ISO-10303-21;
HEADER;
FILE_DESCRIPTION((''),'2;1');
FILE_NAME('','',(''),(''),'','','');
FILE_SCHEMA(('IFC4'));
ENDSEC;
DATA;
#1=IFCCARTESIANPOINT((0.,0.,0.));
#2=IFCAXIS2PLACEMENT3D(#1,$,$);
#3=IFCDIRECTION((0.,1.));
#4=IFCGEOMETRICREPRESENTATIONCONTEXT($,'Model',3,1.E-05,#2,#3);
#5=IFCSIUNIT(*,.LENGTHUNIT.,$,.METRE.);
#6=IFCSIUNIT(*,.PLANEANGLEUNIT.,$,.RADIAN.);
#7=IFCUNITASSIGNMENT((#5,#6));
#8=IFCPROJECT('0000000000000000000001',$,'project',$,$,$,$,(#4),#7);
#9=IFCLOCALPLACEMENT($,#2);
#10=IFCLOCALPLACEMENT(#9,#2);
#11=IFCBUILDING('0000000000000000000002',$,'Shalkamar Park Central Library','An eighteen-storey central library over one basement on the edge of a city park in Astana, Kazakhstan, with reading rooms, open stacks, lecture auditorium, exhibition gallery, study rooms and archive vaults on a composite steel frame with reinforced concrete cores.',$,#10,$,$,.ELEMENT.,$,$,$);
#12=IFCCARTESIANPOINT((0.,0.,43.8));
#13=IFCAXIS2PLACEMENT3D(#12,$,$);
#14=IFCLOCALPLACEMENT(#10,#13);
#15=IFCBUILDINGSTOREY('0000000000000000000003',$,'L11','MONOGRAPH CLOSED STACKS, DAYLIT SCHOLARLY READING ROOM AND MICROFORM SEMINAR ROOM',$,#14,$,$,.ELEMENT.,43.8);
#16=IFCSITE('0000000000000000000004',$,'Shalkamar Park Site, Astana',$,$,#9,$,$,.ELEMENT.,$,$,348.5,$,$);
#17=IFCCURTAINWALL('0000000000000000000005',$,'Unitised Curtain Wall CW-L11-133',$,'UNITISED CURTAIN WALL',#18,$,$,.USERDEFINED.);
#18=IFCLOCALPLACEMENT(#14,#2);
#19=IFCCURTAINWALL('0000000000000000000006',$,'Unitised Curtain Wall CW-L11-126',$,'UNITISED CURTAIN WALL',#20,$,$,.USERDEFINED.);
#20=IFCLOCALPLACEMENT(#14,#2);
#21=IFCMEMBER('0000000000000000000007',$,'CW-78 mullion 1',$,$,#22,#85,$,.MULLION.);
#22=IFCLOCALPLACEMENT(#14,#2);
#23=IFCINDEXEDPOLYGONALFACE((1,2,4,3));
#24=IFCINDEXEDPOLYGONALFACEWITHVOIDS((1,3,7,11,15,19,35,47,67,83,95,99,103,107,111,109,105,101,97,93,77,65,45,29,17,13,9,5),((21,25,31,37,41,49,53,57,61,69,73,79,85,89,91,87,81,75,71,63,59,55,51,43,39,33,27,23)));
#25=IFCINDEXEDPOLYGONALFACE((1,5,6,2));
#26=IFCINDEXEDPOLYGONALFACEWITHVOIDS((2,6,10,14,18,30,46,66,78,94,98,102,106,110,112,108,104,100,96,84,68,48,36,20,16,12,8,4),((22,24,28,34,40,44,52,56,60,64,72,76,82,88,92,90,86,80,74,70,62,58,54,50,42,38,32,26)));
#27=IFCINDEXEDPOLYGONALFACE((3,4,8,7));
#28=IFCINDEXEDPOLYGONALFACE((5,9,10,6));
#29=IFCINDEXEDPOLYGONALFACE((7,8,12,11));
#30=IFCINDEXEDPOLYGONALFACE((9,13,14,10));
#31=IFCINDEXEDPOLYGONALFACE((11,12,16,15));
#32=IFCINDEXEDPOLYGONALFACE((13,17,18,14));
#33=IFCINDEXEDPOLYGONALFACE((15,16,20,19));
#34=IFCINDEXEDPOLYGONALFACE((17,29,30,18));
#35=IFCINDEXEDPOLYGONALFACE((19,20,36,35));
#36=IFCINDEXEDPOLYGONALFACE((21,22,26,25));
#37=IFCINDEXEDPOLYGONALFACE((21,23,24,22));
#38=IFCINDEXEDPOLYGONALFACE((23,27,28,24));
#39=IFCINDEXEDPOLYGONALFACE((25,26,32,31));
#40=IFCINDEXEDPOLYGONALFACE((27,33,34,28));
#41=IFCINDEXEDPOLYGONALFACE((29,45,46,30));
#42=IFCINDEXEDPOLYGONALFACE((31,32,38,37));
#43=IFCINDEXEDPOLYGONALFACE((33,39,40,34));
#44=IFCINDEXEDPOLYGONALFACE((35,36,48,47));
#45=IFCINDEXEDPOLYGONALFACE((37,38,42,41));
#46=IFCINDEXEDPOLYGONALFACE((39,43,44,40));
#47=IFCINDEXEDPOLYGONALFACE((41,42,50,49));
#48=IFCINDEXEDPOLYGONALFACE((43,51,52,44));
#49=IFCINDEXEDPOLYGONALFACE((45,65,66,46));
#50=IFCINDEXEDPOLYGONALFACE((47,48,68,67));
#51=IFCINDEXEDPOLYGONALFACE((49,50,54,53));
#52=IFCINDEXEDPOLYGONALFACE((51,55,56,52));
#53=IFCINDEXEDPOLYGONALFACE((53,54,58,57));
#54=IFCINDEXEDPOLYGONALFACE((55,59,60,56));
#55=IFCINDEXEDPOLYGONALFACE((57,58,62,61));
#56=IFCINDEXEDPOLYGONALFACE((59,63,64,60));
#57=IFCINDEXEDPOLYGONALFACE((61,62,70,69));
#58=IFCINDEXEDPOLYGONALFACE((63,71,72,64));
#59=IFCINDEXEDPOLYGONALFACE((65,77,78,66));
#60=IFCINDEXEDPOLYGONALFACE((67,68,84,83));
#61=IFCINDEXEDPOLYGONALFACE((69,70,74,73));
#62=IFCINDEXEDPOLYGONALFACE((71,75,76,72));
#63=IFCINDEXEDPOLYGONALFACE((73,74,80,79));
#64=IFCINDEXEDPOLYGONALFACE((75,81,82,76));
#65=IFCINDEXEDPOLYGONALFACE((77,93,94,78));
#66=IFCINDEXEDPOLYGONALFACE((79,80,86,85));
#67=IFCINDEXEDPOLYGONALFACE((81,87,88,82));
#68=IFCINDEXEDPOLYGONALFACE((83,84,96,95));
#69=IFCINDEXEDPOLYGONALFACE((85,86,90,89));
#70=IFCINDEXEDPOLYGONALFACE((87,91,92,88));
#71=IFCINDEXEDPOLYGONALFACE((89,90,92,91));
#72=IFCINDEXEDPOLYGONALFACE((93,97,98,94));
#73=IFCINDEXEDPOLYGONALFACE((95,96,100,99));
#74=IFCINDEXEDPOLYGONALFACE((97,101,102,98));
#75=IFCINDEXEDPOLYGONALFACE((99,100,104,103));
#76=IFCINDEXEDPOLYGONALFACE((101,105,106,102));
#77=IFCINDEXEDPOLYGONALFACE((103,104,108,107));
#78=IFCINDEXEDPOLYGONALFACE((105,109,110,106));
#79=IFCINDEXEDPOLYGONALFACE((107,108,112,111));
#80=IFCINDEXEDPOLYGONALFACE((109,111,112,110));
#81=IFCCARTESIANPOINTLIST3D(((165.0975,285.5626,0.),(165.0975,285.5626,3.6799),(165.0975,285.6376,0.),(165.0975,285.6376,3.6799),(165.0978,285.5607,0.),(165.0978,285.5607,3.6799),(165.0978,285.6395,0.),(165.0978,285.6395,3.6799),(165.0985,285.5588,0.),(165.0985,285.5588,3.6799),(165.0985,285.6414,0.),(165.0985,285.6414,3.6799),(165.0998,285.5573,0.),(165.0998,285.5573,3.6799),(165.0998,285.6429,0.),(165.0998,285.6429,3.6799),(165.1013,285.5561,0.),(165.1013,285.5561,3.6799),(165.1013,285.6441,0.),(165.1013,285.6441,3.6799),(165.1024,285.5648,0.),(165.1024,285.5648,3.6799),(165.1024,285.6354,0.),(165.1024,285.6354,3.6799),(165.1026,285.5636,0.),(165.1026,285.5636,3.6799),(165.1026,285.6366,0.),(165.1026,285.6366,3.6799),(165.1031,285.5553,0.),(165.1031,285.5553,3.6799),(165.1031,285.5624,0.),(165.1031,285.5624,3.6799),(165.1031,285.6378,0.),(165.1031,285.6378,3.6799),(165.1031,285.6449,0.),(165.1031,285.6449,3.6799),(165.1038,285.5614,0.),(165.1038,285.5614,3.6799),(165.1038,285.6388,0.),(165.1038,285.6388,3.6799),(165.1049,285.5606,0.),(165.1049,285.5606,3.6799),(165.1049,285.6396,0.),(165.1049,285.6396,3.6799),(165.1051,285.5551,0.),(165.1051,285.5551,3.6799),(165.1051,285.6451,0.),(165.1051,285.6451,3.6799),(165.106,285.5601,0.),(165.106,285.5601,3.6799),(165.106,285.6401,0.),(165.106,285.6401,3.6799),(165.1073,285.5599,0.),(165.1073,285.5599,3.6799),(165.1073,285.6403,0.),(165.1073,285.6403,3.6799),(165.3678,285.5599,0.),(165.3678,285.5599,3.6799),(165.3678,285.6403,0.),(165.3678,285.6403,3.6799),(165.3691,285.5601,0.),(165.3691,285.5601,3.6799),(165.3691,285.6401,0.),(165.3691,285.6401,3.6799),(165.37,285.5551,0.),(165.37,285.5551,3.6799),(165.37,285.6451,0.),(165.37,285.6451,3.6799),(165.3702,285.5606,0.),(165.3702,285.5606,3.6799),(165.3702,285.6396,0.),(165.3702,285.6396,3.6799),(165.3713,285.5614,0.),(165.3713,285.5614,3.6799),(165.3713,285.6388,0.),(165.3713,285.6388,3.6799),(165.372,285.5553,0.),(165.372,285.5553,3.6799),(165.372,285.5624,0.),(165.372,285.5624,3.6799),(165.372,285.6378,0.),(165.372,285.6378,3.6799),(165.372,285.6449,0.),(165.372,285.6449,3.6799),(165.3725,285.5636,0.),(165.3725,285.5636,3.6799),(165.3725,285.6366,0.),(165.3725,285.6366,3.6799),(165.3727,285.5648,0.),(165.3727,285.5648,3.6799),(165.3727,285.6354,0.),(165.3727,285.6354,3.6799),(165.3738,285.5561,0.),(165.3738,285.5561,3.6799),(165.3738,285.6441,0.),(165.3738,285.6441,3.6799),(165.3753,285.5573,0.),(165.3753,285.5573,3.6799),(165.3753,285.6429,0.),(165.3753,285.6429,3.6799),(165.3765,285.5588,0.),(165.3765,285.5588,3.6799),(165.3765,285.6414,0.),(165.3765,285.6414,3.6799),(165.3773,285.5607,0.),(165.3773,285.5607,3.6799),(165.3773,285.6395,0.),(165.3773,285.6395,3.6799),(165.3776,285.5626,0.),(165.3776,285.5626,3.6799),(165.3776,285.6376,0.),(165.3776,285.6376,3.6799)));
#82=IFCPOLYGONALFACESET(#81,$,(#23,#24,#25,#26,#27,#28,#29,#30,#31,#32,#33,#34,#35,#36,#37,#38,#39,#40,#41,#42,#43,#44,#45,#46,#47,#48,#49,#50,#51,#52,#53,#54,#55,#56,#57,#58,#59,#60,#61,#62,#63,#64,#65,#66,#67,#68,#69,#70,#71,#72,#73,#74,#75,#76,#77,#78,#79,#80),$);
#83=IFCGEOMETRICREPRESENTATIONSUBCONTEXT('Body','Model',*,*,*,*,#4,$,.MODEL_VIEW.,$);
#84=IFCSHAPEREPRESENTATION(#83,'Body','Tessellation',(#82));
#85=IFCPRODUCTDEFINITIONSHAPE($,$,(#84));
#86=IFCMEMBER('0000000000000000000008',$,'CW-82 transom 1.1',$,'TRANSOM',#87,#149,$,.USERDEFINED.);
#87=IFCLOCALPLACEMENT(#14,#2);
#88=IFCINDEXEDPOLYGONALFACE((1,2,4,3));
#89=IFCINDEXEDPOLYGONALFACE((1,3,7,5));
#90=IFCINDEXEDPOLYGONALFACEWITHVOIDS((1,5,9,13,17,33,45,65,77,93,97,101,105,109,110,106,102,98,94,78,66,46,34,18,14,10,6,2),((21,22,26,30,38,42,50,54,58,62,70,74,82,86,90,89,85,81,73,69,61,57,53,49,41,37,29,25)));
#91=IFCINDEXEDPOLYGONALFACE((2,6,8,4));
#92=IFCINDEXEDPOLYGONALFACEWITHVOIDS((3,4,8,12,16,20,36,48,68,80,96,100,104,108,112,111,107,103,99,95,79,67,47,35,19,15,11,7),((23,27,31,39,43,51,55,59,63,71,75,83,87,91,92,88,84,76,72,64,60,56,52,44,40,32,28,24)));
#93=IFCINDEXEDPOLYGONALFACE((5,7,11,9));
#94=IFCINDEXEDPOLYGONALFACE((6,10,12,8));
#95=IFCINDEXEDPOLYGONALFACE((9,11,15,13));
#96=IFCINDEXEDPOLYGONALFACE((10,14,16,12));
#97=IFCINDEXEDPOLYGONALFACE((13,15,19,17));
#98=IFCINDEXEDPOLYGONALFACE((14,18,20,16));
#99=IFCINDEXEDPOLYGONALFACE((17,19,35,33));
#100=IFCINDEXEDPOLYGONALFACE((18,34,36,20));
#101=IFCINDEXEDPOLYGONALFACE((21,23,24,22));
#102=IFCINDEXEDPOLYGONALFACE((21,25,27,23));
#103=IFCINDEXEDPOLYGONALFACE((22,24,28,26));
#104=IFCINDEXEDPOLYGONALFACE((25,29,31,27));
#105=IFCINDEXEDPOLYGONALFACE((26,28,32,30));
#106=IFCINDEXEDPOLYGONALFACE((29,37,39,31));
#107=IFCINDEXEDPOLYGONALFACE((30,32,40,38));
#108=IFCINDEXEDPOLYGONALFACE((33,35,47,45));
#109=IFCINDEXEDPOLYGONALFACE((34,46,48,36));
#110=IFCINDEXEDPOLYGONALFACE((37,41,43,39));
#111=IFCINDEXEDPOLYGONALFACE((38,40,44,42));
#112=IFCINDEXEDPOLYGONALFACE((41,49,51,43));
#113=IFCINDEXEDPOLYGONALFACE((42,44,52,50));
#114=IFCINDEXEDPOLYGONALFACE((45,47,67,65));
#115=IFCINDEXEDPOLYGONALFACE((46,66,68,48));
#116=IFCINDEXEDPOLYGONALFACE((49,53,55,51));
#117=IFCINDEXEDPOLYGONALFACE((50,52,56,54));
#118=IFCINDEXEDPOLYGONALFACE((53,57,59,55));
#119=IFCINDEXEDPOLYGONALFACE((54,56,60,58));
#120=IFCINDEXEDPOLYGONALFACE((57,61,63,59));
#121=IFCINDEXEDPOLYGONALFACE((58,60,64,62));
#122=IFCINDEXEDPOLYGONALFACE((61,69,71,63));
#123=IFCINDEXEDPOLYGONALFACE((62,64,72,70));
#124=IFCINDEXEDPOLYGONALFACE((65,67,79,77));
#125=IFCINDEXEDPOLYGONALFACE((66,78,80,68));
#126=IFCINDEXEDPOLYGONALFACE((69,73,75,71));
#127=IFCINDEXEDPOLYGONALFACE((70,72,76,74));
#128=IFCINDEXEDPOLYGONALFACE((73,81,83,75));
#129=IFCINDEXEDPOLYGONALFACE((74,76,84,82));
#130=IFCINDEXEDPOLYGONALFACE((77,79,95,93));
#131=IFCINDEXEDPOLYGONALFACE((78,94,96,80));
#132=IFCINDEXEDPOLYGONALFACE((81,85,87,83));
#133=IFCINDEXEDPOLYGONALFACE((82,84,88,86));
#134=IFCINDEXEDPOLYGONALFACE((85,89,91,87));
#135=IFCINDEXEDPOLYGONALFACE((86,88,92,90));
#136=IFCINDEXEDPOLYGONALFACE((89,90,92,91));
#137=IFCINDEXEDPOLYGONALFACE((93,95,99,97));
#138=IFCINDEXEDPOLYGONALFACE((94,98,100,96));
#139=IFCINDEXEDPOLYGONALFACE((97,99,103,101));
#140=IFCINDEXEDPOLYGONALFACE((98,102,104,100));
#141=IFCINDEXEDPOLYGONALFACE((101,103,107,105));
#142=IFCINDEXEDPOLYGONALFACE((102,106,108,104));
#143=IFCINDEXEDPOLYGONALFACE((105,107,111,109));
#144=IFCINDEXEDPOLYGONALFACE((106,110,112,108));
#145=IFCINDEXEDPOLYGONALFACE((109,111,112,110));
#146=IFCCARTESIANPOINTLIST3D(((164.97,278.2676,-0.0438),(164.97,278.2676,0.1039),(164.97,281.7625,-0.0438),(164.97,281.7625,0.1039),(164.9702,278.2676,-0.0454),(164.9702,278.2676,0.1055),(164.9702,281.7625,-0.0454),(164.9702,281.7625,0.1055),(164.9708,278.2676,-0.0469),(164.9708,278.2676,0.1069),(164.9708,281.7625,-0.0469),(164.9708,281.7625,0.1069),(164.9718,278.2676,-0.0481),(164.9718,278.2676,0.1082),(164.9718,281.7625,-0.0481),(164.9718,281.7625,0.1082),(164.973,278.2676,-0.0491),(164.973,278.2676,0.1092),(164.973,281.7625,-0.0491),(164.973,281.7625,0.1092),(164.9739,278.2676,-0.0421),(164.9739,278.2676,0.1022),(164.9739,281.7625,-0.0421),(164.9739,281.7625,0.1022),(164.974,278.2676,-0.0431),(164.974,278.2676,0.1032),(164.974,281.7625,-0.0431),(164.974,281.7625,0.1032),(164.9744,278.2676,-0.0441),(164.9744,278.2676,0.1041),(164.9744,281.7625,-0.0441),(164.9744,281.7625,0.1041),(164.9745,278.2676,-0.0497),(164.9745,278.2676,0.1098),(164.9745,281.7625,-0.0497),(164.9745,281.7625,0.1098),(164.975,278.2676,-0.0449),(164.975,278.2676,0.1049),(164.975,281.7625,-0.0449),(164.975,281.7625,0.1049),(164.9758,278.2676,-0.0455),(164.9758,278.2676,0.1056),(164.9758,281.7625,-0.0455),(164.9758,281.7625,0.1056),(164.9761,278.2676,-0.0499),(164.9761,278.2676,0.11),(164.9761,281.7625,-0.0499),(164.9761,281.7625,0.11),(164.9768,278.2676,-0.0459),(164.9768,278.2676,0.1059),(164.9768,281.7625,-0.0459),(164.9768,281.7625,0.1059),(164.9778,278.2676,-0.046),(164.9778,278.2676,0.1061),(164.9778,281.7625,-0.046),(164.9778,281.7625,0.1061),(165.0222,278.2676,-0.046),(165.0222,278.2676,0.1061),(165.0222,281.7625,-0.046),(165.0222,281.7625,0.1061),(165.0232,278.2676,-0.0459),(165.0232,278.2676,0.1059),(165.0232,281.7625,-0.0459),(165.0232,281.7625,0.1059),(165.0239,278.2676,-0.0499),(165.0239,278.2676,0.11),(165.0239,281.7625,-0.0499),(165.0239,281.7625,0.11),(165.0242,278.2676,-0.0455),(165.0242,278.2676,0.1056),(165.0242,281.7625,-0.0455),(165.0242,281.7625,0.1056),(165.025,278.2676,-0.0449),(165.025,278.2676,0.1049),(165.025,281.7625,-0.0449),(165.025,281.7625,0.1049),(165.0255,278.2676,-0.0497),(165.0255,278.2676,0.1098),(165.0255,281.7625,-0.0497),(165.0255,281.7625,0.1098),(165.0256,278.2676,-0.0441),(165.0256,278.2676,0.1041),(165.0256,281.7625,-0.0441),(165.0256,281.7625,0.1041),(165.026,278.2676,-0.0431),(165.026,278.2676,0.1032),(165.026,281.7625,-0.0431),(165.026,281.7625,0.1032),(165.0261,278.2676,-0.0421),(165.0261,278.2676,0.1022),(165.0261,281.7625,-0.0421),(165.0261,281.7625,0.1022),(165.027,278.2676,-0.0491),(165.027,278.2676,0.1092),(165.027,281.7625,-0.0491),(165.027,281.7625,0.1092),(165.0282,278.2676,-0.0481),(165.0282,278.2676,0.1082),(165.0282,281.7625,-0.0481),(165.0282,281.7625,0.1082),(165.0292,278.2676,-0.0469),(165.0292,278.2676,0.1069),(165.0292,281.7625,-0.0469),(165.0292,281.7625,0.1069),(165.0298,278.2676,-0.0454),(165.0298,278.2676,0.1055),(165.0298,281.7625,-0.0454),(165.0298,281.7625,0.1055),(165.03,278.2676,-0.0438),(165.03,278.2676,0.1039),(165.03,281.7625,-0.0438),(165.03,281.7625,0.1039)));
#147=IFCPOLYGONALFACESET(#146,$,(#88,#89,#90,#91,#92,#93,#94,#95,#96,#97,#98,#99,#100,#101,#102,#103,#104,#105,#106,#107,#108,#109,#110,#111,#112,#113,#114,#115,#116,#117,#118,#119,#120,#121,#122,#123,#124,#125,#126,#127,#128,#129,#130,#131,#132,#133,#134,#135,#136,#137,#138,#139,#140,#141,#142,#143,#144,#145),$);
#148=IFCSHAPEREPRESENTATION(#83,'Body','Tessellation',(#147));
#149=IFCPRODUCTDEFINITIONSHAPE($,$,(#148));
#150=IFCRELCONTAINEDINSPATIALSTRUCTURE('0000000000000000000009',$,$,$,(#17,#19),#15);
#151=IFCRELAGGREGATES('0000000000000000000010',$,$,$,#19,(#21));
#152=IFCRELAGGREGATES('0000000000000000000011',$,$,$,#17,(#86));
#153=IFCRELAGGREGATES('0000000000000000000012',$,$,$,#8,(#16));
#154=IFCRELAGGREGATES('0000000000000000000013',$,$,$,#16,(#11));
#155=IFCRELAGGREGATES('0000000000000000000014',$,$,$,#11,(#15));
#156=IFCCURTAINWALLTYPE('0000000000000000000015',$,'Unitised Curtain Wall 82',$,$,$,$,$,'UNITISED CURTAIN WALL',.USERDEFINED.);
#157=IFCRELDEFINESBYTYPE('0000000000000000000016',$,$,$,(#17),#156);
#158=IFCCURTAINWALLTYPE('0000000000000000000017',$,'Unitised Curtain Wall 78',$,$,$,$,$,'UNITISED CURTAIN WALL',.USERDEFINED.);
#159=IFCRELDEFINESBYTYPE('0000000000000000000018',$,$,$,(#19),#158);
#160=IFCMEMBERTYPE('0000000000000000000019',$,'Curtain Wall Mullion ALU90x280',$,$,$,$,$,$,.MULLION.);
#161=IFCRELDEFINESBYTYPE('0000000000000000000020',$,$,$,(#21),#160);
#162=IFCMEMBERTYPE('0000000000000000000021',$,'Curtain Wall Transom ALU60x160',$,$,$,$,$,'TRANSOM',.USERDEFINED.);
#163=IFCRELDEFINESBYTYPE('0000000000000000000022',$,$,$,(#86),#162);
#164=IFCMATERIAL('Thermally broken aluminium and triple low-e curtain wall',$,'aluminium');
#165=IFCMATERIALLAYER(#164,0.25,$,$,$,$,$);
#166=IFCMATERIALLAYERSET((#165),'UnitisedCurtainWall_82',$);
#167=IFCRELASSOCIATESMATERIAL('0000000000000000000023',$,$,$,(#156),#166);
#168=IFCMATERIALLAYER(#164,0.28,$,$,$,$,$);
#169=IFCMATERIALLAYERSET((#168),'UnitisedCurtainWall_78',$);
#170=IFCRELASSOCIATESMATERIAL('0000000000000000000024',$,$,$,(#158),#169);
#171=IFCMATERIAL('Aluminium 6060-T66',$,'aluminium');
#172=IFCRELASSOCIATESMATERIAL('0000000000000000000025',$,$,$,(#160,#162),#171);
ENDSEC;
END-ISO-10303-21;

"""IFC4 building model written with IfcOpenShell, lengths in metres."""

from ifc_helpers import new_model, si_unit, direction, frame, origin, origin_2d, place, context, subcontext, project, spatial, hollow_rectangle, extrude, material, layer, layer_set, material_profile, profile_set, type_object, element, aggregate, save


model = new_model("IFC4")

# Units and contexts
model_context = context("Model", 3, precision=1e-05, world=origin(), true_north=direction((0.0, 1.0)))
body_context = subcontext(model_context, "Body", "Model", "MODEL_VIEW")
ifc_project = project(units=[si_unit("LENGTHUNIT", "METRE"), si_unit("PLANEANGLEUNIT", "RADIAN")], contexts=[model_context])

# Site, building, storey
site_placement = place(None, origin())
site = spatial("IfcSite", under=ifc_project, at=site_placement, Name="Shalkamar Park Site, Astana", CompositionType="ELEMENT", RefElevation=348.5)
building_placement = place(site_placement, origin())
building = spatial("IfcBuilding", under=site, at=building_placement, Name="Shalkamar Park Central Library", Description="An eighteen-storey central library over one basement on the edge of a city park in Astana, Kazakhstan, with reading rooms, open stacks, lecture auditorium, exhibition gallery, study rooms and archive vaults on a composite steel frame with reinforced concrete cores.", CompositionType="ELEMENT")
storey_placement = place(building_placement, frame((0.0, 0.0, 43.8)))
storey = spatial("IfcBuildingStorey", under=building, at=storey_placement, Name="L11", Description="MONOGRAPH CLOSED STACKS, DAYLIT SCHOLARLY READING ROOM AND MICROFORM SEMINAR ROOM", CompositionType="ELEMENT", Elevation=43.8)

# Curtain wall
ifc_material_1 = material(Name="Thermally broken aluminium and triple low-e curtain wall", Category="aluminium")
ifc_layer_1 = layer(ifc_material_1, 0.25)
ifc_layer_set_1 = layer_set([ifc_layer_1], Name="UnitisedCurtainWall_82")
curtain_wall_type_1 = type_object("IfcCurtainWallType", Name="Unitised Curtain Wall 82", ElementType="UNITISED CURTAIN WALL", PredefinedType="USERDEFINED", material=ifc_layer_set_1)
curtain_wall_1_placement = place(storey_placement, origin())
curtain_wall_1 = element("IfcCurtainWall", 1, at=curtain_wall_1_placement, inside=storey, type_object=curtain_wall_type_1, Name="Unitised Curtain Wall CW-L11-133", ObjectType="UNITISED CURTAIN WALL", PredefinedType="USERDEFINED")
ifc_material_2 = material(Name="Aluminium 6060-T66", Category="aluminium")

# Curtain wall, member
ifc_layer_2 = layer(ifc_material_1, 0.28)
ifc_layer_set_2 = layer_set([ifc_layer_2], Name="UnitisedCurtainWall_78")
curtain_wall_type_2 = type_object("IfcCurtainWallType", Name="Unitised Curtain Wall 78", ElementType="UNITISED CURTAIN WALL", PredefinedType="USERDEFINED", material=ifc_layer_set_2)
curtain_wall_2_placement = place(storey_placement, origin())
curtain_wall_2 = element("IfcCurtainWall", 2, at=curtain_wall_2_placement, inside=storey, type_object=curtain_wall_type_2, Name="Unitised Curtain Wall CW-L11-126", ObjectType="UNITISED CURTAIN WALL", PredefinedType="USERDEFINED")
ifc_material_profile_1 = material_profile(ifc_material_2, hollow_rectangle(XDim=0.0901, YDim=0.28, WallThickness=0.0049, InnerFilletRadius=0.0049, OuterFilletRadius=0.0076, at=origin_2d()), Name="ALU 90x280x5")
ifc_profile_set_1 = profile_set([ifc_material_profile_1], Name="Aluminium 6060-T66")
member_type_1 = type_object("IfcMemberType", Name="Curtain Wall Mullion ALU90x280", PredefinedType="MULLION", material=ifc_profile_set_1)
member_1_placement = place(storey_placement, frame((165.2375, 285.6001, 0.0), z_axis=(0.0, 0.0, 1.0), x_axis=(0.0, 1.0, 0.0)))
member_1 = element("IfcMember", 3, at=member_1_placement, type_object=member_type_1, Name="CW-78 mullion 1", PredefinedType="MULLION", context=body_context, shape_type="SweptSolid", body=[
    extrude(hollow_rectangle(XDim=0.0901, YDim=0.28, WallThickness=0.0049, InnerFilletRadius=0.0049, OuterFilletRadius=0.0076, at=origin_2d()), origin(), (0.0, 0.0, 1.0), 3.6799),
])

# Member
ifc_material_profile_2 = material_profile(ifc_material_2, hollow_rectangle(XDim=0.0601, YDim=0.1599, WallThickness=0.0039, InnerFilletRadius=0.0039, OuterFilletRadius=0.0061, at=origin_2d()), Name="ALU 60x160x4")
ifc_profile_set_2 = profile_set([ifc_material_profile_2], Name="Aluminium 6060-T66")
member_type_2 = type_object("IfcMemberType", Name="Curtain Wall Transom ALU60x160", ElementType="TRANSOM", PredefinedType="USERDEFINED", material=ifc_profile_set_2)
member_2_placement = place(storey_placement, frame((165.0, 278.2676, 0.03), z_axis=(0.0, 1.0, 0.0), x_axis=(-1.0, 0.0, 0.0)))
member_2 = element("IfcMember", 4, at=member_2_placement, type_object=member_type_2, Name="CW-82 transom 1.1", ObjectType="TRANSOM", PredefinedType="USERDEFINED", context=body_context, shape_type="SweptSolid", body=[
    extrude(hollow_rectangle(XDim=0.0601, YDim=0.1599, WallThickness=0.0039, InnerFilletRadius=0.0039, OuterFilletRadius=0.0061, at=origin_2d()), origin(), (0.0, 0.0, 1.0), 3.4949),
])
aggregate(curtain_wall_2, [member_1])

aggregate(curtain_wall_1, [member_2])

save(model, "model.ifc")
